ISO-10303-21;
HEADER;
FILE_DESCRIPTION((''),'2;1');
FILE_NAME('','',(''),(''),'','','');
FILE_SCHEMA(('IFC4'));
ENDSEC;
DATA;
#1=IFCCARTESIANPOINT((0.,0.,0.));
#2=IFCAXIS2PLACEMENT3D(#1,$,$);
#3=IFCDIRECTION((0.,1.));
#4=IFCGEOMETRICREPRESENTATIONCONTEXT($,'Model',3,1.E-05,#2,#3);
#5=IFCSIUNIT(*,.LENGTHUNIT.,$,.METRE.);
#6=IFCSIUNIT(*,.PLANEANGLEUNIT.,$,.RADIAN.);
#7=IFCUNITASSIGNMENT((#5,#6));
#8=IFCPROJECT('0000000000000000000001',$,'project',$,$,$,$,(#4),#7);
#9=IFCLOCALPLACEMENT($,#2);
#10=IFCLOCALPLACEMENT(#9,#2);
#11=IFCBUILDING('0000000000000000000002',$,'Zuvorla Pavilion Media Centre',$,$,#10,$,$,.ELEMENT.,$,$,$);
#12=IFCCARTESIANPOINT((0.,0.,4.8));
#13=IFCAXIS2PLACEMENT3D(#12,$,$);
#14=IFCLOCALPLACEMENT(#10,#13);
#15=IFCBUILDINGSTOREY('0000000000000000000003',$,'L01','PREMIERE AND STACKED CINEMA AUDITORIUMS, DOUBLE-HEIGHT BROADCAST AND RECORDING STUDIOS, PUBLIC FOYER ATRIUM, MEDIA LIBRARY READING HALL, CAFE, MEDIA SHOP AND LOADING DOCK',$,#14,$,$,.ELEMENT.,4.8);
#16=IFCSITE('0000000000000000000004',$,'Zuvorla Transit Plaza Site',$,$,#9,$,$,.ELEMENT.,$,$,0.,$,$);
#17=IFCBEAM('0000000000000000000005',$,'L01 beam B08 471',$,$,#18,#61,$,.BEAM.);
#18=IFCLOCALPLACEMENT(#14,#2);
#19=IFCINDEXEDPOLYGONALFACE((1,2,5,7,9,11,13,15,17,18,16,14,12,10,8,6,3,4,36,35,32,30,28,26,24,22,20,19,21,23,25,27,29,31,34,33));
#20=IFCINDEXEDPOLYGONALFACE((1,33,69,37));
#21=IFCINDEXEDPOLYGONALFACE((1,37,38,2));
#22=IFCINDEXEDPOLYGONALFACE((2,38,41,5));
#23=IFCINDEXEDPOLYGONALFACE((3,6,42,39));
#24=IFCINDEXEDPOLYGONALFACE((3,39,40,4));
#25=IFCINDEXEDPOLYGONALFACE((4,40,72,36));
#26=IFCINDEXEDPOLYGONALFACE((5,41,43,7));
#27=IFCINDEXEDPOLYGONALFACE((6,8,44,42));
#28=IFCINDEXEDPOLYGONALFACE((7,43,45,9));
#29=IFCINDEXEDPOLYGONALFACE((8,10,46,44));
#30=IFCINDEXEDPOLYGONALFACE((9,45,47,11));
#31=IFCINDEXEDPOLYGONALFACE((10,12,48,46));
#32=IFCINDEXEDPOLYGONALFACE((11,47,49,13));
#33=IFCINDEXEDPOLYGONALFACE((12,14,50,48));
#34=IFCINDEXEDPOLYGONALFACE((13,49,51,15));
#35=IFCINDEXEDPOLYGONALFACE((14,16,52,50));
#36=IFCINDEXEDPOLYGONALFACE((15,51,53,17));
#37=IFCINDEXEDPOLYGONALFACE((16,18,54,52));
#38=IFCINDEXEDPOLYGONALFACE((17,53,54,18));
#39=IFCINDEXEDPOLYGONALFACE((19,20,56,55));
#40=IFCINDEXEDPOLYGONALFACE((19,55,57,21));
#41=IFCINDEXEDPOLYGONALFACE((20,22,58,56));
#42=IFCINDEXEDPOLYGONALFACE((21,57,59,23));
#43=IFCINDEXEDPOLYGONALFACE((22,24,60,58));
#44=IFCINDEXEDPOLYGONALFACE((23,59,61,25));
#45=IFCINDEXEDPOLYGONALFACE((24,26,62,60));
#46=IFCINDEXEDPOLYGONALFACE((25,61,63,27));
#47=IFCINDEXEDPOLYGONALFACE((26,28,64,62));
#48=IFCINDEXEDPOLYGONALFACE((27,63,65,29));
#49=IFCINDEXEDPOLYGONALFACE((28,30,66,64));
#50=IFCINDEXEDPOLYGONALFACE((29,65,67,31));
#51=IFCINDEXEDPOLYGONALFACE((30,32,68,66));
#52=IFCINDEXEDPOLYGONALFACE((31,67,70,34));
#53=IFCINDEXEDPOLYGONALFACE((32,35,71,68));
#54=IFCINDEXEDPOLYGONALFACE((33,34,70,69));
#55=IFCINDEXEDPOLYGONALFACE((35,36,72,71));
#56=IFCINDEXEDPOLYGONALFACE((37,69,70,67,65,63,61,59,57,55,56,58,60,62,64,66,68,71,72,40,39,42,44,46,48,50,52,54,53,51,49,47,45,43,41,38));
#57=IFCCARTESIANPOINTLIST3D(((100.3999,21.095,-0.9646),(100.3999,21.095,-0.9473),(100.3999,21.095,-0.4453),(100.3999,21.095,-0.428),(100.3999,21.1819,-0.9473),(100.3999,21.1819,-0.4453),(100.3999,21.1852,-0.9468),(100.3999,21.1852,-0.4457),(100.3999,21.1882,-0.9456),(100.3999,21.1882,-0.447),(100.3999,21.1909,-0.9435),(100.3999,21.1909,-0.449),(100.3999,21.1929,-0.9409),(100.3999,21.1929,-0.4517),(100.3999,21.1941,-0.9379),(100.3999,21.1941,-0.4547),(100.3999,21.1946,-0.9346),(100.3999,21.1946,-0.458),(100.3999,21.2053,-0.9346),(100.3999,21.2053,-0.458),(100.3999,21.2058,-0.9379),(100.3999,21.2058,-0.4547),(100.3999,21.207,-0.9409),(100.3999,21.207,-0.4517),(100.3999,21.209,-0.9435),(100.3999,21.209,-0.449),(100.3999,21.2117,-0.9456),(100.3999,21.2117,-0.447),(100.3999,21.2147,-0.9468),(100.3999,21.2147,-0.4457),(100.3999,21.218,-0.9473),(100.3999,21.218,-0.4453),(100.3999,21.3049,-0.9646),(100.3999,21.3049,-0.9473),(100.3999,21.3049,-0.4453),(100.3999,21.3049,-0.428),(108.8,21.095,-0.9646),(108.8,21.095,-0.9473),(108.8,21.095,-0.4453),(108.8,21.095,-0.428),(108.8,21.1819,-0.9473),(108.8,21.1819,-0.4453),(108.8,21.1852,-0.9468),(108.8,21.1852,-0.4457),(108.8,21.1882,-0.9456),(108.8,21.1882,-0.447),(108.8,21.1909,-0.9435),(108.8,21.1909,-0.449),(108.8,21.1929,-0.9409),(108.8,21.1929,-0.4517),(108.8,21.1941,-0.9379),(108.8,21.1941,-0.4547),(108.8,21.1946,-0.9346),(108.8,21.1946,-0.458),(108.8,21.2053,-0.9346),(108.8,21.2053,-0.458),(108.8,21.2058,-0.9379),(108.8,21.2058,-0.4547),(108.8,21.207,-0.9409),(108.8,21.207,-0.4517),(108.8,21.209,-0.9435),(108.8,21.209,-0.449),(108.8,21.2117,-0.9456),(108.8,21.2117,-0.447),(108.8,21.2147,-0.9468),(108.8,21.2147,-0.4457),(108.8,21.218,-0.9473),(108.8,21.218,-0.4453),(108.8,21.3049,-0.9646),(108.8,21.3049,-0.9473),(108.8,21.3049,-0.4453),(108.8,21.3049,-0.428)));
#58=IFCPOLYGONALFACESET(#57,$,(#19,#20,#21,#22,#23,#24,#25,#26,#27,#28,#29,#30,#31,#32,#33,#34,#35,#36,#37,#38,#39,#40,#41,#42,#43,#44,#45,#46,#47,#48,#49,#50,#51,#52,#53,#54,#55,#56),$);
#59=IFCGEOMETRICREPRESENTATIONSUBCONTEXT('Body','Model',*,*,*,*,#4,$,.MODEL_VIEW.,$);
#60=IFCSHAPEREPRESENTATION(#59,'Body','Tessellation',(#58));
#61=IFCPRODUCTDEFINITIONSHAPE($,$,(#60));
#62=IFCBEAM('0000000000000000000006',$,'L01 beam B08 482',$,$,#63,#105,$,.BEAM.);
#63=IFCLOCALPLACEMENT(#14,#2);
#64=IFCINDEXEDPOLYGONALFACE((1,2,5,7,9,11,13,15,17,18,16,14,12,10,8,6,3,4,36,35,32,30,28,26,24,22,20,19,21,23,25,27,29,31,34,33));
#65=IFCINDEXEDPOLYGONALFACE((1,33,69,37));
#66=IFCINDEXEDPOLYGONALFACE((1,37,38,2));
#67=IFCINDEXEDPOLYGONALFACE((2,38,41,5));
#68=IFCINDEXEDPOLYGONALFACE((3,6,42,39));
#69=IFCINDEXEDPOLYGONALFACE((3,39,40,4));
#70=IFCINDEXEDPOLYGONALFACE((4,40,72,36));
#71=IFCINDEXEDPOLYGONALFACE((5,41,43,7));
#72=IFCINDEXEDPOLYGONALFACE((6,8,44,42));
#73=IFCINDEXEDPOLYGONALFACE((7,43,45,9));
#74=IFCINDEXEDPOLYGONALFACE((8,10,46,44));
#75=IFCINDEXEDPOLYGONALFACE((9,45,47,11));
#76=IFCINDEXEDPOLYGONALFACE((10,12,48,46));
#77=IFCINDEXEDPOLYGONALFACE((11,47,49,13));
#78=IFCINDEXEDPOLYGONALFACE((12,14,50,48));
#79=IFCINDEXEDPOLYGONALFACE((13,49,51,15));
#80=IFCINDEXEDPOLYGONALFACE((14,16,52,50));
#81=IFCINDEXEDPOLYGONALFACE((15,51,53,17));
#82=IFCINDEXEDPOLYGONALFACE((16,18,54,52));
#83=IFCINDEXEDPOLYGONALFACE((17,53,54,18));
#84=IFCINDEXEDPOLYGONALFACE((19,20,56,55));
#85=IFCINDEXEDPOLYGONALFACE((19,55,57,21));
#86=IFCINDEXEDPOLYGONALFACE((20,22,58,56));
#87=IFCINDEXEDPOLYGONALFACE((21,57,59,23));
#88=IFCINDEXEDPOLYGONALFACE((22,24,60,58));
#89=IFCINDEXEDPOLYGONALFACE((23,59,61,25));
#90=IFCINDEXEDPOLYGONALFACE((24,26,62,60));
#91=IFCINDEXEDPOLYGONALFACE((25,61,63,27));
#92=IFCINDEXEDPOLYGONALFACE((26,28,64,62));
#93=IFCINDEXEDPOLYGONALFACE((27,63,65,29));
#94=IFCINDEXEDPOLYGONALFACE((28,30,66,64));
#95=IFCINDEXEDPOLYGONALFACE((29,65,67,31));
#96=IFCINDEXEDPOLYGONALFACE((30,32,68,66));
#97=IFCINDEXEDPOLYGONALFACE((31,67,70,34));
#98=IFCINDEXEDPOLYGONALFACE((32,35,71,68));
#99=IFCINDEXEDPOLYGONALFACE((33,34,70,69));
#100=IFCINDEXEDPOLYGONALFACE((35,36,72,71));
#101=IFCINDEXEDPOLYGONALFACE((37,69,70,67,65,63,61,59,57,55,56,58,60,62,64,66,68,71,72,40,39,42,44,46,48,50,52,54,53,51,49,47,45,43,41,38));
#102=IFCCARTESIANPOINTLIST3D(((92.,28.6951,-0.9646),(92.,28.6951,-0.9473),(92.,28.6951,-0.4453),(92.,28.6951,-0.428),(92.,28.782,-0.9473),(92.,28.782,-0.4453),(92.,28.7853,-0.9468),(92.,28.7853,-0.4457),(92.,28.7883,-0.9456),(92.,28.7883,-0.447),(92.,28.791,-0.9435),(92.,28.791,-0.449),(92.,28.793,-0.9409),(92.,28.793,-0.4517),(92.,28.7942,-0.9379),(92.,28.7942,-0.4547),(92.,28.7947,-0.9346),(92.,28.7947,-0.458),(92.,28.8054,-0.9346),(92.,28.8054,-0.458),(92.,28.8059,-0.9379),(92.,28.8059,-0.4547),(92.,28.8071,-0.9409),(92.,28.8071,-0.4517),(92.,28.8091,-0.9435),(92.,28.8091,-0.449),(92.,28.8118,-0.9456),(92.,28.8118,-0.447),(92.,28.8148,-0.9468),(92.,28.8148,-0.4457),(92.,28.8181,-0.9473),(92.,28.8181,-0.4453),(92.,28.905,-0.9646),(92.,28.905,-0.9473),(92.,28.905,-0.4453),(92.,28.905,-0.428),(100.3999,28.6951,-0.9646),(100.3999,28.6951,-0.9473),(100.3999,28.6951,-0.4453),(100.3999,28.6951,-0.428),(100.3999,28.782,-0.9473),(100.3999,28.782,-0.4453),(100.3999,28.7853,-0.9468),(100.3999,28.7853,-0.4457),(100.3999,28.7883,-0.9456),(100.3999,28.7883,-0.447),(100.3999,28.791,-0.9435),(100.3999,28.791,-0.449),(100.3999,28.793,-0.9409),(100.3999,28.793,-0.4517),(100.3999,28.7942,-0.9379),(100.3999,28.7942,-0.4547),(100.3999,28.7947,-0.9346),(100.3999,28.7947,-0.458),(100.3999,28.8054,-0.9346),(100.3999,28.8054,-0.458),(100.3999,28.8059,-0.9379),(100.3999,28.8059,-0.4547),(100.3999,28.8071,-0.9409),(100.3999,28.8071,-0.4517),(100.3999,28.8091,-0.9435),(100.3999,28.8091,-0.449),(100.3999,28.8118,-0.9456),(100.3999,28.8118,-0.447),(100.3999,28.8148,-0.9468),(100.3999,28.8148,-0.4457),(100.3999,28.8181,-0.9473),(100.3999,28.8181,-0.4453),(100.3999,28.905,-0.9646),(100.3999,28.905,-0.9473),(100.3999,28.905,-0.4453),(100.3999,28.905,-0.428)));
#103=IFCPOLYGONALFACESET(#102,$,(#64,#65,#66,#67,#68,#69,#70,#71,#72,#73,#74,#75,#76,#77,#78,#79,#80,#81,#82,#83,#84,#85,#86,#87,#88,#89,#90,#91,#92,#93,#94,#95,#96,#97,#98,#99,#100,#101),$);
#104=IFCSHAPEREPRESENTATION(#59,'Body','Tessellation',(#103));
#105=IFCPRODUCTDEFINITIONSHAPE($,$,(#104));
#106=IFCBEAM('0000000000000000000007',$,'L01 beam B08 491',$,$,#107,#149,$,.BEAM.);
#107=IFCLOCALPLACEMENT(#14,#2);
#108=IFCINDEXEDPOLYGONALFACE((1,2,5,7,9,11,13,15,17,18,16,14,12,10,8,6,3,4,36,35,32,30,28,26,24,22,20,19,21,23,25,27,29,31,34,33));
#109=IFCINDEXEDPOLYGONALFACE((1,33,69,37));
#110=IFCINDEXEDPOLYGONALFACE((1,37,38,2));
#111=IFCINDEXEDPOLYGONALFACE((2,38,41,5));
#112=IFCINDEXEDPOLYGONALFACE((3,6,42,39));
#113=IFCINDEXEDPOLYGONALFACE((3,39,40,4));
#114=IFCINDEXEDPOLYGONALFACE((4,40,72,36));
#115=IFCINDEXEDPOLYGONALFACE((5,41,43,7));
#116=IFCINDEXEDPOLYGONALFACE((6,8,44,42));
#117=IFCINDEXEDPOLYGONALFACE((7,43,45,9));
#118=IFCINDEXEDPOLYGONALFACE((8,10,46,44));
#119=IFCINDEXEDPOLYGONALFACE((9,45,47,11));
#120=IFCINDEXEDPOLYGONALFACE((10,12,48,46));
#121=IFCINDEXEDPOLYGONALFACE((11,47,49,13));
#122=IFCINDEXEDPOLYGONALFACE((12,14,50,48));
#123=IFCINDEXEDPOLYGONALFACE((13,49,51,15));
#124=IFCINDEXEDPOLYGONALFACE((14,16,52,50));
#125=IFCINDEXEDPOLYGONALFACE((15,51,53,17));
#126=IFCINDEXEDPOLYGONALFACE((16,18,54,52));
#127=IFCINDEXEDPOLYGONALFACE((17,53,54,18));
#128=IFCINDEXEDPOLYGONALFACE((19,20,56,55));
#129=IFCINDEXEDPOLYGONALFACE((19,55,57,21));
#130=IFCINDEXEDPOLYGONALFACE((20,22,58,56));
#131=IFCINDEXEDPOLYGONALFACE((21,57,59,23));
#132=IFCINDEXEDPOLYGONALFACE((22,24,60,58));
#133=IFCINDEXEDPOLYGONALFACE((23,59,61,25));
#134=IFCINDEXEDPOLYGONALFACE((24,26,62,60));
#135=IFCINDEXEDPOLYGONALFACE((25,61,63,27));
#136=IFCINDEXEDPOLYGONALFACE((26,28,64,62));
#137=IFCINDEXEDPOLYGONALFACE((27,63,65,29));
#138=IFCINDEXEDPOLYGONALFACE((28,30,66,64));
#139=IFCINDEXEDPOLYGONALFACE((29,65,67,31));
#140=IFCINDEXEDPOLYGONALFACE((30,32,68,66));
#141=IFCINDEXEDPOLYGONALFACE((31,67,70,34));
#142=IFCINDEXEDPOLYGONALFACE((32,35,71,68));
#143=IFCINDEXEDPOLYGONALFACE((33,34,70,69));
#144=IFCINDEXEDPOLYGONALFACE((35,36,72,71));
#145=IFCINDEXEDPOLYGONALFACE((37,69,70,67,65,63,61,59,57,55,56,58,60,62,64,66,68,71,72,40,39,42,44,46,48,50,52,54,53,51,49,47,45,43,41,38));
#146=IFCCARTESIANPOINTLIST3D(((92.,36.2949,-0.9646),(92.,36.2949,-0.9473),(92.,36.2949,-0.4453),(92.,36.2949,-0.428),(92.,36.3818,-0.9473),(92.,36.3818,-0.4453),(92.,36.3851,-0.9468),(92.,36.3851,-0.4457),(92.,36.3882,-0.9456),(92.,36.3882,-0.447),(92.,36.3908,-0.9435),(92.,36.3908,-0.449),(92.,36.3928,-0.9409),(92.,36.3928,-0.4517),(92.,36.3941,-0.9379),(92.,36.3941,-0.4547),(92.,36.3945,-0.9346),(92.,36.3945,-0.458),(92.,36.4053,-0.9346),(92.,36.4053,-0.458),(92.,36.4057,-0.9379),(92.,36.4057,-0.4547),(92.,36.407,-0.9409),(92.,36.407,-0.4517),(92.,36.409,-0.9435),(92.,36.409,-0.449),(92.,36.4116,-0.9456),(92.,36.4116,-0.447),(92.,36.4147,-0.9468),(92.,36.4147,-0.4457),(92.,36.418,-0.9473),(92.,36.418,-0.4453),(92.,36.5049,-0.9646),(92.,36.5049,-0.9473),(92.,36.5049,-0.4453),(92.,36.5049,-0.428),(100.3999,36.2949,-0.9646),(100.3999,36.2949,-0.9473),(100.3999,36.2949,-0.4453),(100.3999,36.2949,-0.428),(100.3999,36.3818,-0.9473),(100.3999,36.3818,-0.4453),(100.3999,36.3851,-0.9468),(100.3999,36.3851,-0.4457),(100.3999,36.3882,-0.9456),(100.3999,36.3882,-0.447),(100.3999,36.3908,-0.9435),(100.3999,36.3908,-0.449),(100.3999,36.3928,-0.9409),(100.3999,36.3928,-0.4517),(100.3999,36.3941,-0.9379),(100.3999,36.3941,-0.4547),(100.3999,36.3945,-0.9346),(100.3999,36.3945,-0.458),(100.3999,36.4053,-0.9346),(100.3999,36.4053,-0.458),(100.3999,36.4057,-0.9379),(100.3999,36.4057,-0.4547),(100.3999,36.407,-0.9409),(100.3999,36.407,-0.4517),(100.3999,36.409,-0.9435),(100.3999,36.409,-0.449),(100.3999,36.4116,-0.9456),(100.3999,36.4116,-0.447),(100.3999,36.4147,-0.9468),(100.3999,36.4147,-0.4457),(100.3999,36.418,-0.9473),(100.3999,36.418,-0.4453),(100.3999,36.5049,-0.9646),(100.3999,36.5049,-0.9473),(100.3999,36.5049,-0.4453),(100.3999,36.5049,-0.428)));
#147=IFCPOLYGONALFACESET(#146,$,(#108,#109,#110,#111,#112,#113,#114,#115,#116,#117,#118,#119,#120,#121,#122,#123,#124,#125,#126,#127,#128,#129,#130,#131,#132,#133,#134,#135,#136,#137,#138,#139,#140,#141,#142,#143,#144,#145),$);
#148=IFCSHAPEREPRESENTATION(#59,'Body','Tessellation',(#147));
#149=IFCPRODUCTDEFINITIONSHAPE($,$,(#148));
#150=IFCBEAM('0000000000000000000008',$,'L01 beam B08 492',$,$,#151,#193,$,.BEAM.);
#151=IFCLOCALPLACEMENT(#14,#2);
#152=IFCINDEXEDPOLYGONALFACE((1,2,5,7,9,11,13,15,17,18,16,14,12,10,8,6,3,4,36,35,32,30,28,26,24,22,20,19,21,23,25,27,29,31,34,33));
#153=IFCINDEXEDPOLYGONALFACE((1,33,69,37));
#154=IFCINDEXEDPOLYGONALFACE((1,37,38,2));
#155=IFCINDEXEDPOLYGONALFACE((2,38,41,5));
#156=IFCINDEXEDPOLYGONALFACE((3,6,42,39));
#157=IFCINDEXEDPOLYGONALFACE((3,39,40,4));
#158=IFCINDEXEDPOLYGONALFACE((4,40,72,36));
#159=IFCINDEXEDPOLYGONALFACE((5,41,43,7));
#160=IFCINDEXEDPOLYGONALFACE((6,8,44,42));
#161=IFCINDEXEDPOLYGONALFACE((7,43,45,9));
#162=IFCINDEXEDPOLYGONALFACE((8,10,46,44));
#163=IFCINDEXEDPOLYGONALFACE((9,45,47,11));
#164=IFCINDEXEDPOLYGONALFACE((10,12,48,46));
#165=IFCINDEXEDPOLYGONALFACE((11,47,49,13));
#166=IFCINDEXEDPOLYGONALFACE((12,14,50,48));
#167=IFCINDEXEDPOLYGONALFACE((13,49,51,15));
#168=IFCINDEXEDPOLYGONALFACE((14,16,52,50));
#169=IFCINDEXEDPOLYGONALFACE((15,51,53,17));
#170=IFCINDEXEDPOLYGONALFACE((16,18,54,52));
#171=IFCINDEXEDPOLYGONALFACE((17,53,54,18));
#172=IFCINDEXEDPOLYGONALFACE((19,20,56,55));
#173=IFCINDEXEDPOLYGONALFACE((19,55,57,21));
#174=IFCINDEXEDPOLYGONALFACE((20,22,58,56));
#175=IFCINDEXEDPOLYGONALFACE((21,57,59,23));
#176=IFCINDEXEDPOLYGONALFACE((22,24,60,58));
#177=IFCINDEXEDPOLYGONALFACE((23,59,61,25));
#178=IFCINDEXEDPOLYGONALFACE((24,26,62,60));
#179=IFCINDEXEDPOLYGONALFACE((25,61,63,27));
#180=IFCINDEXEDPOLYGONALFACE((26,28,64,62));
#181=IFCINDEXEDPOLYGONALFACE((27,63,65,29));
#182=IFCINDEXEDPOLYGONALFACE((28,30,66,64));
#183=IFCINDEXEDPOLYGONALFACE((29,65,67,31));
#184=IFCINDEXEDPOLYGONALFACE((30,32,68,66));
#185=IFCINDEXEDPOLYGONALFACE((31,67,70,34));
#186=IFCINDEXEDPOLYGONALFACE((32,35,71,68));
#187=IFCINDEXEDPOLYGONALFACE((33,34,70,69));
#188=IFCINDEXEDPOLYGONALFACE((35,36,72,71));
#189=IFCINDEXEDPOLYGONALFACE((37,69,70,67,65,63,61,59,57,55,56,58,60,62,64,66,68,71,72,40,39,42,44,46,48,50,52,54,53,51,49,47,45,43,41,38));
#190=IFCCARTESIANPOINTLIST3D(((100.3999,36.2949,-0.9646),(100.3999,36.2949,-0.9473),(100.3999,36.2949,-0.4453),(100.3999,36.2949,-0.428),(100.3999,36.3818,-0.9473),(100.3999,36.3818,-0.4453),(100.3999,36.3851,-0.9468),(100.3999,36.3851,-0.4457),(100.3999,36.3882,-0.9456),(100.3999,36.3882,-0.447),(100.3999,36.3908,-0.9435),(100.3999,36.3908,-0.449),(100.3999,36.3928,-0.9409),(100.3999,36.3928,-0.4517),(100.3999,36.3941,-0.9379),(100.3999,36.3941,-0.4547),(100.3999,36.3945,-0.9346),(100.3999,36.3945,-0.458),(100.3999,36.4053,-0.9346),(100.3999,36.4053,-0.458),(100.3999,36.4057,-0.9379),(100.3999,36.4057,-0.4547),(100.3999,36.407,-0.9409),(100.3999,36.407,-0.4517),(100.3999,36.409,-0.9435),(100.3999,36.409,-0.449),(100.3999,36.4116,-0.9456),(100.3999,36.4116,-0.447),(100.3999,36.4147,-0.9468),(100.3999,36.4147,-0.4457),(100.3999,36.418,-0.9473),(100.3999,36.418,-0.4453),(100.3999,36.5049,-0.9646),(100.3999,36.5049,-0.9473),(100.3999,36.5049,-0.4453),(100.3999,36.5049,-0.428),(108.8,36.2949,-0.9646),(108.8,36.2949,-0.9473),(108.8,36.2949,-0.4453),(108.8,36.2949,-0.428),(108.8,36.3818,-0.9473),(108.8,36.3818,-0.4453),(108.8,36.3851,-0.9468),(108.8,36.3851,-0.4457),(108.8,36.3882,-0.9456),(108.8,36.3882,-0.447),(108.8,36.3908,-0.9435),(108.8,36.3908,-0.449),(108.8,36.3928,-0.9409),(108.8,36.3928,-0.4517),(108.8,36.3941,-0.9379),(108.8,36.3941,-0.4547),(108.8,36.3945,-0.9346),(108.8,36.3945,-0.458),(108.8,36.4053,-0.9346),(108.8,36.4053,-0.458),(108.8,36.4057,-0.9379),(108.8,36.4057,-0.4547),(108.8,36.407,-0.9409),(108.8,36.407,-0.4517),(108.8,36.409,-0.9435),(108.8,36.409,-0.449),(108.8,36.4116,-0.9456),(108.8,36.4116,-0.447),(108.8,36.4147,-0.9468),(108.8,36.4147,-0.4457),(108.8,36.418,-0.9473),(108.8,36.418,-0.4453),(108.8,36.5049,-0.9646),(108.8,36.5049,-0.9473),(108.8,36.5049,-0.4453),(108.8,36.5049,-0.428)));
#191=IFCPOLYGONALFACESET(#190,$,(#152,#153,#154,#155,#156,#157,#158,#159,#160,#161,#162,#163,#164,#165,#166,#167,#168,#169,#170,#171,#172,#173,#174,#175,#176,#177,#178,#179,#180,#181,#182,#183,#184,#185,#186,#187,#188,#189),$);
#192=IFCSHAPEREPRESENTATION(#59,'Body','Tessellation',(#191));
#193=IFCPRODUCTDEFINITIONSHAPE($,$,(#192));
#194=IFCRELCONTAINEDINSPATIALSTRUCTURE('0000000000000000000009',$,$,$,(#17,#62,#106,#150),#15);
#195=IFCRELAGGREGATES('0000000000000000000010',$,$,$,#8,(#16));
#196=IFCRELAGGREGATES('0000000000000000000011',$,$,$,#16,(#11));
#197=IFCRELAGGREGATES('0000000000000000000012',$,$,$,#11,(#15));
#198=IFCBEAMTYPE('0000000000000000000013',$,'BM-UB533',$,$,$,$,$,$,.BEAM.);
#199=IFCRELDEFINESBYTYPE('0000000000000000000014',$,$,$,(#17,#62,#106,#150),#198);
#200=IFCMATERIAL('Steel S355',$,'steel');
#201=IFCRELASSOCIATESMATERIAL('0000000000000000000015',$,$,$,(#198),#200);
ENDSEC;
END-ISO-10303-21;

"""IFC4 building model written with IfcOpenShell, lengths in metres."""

from ifc_helpers import new_model, si_unit, direction, frame, origin, origin_2d, place, context, subcontext, project, spatial, i_section, extrude, material, material_profile, profile_set, type_object, element, save


model = new_model("IFC4")

# Units and contexts
model_context = context("Model", 3, precision=1e-05, world=origin(), true_north=direction((0.0, 1.0)))
body_context = subcontext(model_context, "Body", "Model", "MODEL_VIEW")
ifc_project = project(units=[si_unit("LENGTHUNIT", "METRE"), si_unit("PLANEANGLEUNIT", "RADIAN")], contexts=[model_context])

# Site, building, storey
site_placement = place(None, origin())
site = spatial("IfcSite", under=ifc_project, at=site_placement, Name="Zuvorla Transit Plaza Site", CompositionType="ELEMENT", RefElevation=0.0)
building_placement = place(site_placement, origin())
building = spatial("IfcBuilding", under=site, at=building_placement, Name="Zuvorla Pavilion Media Centre", CompositionType="ELEMENT")
storey_placement = place(building_placement, frame((0.0, 0.0, 4.8)))
storey = spatial("IfcBuildingStorey", under=building, at=storey_placement, Name="L01", Description="PREMIERE AND STACKED CINEMA AUDITORIUMS, DOUBLE-HEIGHT BROADCAST AND RECORDING STUDIOS, PUBLIC FOYER ATRIUM, MEDIA LIBRARY READING HALL, CAFE, MEDIA SHOP AND LOADING DOCK", CompositionType="ELEMENT", Elevation=4.8)

# Beams
ifc_material_1 = material(Name="Steel S355", Category="steel")
ifc_material_profile_1 = material_profile(ifc_material_1, i_section(OverallWidth=0.21, OverallDepth=0.5366, WebThickness=0.0107, FlangeThickness=0.0173, FilletRadius=0.0127, at=origin_2d()), Name="UB 533x210x101")
ifc_profile_set_1 = profile_set([ifc_material_profile_1], Name="Steel S355")
beam_type_1 = type_object("IfcBeamType", Name="BM-UB533", PredefinedType="BEAM", material=ifc_profile_set_1)
beam_1_placement = place(storey_placement, frame((100.3999, 21.2, -0.6963), z_axis=(1.0, 0.0, 0.0), x_axis=(0.0, 1.0, 0.0)))
element("IfcBeam", 1, at=beam_1_placement, inside=storey, type_object=beam_type_1, Name="L01 beam B08 471", PredefinedType="BEAM", context=body_context, shape_type="SweptSolid", body=[
    extrude(i_section(OverallWidth=0.21, OverallDepth=0.5366, WebThickness=0.0107, FlangeThickness=0.0173, FilletRadius=0.0127, at=origin_2d()), origin(), (0.0, 0.0, 1.0), 8.4001),
])
for number, where, z_axis, x_axis, name in (
    (2, (92.0, 28.8, -0.6963), (1.0, 0.0, 0.0), (0.0, 1.0, 0.0), "L01 beam B08 482"),
    (3, (92.0, 36.3999, -0.6963), (1.0, 0.0, 0.0), (0.0, 1.0, 0.0), "L01 beam B08 491"),
):
    element("IfcBeam", number, at=place(storey_placement, frame(where, z_axis=z_axis, x_axis=x_axis)), inside=storey, type_object=beam_type_1, Name=name, PredefinedType="BEAM", context=body_context, shape_type="SweptSolid", body=[
        extrude(i_section(OverallWidth=0.21, OverallDepth=0.5366, WebThickness=0.0107, FlangeThickness=0.0173, FilletRadius=0.0127, at=origin_2d()), origin(), (0.0, 0.0, 1.0), 8.3999),
    ])
beam_2_placement = place(storey_placement, frame((100.3999, 36.3999, -0.6963), z_axis=(1.0, 0.0, 0.0), x_axis=(0.0, 1.0, 0.0)))
element("IfcBeam", 4, at=beam_2_placement, inside=storey, type_object=beam_type_1, Name="L01 beam B08 492", PredefinedType="BEAM", context=body_context, shape_type="SweptSolid", body=[
    extrude(i_section(OverallWidth=0.21, OverallDepth=0.5366, WebThickness=0.0107, FlangeThickness=0.0173, FilletRadius=0.0127, at=origin_2d()), origin(), (0.0, 0.0, 1.0), 8.4001),
])

save(model, "model.ifc")
